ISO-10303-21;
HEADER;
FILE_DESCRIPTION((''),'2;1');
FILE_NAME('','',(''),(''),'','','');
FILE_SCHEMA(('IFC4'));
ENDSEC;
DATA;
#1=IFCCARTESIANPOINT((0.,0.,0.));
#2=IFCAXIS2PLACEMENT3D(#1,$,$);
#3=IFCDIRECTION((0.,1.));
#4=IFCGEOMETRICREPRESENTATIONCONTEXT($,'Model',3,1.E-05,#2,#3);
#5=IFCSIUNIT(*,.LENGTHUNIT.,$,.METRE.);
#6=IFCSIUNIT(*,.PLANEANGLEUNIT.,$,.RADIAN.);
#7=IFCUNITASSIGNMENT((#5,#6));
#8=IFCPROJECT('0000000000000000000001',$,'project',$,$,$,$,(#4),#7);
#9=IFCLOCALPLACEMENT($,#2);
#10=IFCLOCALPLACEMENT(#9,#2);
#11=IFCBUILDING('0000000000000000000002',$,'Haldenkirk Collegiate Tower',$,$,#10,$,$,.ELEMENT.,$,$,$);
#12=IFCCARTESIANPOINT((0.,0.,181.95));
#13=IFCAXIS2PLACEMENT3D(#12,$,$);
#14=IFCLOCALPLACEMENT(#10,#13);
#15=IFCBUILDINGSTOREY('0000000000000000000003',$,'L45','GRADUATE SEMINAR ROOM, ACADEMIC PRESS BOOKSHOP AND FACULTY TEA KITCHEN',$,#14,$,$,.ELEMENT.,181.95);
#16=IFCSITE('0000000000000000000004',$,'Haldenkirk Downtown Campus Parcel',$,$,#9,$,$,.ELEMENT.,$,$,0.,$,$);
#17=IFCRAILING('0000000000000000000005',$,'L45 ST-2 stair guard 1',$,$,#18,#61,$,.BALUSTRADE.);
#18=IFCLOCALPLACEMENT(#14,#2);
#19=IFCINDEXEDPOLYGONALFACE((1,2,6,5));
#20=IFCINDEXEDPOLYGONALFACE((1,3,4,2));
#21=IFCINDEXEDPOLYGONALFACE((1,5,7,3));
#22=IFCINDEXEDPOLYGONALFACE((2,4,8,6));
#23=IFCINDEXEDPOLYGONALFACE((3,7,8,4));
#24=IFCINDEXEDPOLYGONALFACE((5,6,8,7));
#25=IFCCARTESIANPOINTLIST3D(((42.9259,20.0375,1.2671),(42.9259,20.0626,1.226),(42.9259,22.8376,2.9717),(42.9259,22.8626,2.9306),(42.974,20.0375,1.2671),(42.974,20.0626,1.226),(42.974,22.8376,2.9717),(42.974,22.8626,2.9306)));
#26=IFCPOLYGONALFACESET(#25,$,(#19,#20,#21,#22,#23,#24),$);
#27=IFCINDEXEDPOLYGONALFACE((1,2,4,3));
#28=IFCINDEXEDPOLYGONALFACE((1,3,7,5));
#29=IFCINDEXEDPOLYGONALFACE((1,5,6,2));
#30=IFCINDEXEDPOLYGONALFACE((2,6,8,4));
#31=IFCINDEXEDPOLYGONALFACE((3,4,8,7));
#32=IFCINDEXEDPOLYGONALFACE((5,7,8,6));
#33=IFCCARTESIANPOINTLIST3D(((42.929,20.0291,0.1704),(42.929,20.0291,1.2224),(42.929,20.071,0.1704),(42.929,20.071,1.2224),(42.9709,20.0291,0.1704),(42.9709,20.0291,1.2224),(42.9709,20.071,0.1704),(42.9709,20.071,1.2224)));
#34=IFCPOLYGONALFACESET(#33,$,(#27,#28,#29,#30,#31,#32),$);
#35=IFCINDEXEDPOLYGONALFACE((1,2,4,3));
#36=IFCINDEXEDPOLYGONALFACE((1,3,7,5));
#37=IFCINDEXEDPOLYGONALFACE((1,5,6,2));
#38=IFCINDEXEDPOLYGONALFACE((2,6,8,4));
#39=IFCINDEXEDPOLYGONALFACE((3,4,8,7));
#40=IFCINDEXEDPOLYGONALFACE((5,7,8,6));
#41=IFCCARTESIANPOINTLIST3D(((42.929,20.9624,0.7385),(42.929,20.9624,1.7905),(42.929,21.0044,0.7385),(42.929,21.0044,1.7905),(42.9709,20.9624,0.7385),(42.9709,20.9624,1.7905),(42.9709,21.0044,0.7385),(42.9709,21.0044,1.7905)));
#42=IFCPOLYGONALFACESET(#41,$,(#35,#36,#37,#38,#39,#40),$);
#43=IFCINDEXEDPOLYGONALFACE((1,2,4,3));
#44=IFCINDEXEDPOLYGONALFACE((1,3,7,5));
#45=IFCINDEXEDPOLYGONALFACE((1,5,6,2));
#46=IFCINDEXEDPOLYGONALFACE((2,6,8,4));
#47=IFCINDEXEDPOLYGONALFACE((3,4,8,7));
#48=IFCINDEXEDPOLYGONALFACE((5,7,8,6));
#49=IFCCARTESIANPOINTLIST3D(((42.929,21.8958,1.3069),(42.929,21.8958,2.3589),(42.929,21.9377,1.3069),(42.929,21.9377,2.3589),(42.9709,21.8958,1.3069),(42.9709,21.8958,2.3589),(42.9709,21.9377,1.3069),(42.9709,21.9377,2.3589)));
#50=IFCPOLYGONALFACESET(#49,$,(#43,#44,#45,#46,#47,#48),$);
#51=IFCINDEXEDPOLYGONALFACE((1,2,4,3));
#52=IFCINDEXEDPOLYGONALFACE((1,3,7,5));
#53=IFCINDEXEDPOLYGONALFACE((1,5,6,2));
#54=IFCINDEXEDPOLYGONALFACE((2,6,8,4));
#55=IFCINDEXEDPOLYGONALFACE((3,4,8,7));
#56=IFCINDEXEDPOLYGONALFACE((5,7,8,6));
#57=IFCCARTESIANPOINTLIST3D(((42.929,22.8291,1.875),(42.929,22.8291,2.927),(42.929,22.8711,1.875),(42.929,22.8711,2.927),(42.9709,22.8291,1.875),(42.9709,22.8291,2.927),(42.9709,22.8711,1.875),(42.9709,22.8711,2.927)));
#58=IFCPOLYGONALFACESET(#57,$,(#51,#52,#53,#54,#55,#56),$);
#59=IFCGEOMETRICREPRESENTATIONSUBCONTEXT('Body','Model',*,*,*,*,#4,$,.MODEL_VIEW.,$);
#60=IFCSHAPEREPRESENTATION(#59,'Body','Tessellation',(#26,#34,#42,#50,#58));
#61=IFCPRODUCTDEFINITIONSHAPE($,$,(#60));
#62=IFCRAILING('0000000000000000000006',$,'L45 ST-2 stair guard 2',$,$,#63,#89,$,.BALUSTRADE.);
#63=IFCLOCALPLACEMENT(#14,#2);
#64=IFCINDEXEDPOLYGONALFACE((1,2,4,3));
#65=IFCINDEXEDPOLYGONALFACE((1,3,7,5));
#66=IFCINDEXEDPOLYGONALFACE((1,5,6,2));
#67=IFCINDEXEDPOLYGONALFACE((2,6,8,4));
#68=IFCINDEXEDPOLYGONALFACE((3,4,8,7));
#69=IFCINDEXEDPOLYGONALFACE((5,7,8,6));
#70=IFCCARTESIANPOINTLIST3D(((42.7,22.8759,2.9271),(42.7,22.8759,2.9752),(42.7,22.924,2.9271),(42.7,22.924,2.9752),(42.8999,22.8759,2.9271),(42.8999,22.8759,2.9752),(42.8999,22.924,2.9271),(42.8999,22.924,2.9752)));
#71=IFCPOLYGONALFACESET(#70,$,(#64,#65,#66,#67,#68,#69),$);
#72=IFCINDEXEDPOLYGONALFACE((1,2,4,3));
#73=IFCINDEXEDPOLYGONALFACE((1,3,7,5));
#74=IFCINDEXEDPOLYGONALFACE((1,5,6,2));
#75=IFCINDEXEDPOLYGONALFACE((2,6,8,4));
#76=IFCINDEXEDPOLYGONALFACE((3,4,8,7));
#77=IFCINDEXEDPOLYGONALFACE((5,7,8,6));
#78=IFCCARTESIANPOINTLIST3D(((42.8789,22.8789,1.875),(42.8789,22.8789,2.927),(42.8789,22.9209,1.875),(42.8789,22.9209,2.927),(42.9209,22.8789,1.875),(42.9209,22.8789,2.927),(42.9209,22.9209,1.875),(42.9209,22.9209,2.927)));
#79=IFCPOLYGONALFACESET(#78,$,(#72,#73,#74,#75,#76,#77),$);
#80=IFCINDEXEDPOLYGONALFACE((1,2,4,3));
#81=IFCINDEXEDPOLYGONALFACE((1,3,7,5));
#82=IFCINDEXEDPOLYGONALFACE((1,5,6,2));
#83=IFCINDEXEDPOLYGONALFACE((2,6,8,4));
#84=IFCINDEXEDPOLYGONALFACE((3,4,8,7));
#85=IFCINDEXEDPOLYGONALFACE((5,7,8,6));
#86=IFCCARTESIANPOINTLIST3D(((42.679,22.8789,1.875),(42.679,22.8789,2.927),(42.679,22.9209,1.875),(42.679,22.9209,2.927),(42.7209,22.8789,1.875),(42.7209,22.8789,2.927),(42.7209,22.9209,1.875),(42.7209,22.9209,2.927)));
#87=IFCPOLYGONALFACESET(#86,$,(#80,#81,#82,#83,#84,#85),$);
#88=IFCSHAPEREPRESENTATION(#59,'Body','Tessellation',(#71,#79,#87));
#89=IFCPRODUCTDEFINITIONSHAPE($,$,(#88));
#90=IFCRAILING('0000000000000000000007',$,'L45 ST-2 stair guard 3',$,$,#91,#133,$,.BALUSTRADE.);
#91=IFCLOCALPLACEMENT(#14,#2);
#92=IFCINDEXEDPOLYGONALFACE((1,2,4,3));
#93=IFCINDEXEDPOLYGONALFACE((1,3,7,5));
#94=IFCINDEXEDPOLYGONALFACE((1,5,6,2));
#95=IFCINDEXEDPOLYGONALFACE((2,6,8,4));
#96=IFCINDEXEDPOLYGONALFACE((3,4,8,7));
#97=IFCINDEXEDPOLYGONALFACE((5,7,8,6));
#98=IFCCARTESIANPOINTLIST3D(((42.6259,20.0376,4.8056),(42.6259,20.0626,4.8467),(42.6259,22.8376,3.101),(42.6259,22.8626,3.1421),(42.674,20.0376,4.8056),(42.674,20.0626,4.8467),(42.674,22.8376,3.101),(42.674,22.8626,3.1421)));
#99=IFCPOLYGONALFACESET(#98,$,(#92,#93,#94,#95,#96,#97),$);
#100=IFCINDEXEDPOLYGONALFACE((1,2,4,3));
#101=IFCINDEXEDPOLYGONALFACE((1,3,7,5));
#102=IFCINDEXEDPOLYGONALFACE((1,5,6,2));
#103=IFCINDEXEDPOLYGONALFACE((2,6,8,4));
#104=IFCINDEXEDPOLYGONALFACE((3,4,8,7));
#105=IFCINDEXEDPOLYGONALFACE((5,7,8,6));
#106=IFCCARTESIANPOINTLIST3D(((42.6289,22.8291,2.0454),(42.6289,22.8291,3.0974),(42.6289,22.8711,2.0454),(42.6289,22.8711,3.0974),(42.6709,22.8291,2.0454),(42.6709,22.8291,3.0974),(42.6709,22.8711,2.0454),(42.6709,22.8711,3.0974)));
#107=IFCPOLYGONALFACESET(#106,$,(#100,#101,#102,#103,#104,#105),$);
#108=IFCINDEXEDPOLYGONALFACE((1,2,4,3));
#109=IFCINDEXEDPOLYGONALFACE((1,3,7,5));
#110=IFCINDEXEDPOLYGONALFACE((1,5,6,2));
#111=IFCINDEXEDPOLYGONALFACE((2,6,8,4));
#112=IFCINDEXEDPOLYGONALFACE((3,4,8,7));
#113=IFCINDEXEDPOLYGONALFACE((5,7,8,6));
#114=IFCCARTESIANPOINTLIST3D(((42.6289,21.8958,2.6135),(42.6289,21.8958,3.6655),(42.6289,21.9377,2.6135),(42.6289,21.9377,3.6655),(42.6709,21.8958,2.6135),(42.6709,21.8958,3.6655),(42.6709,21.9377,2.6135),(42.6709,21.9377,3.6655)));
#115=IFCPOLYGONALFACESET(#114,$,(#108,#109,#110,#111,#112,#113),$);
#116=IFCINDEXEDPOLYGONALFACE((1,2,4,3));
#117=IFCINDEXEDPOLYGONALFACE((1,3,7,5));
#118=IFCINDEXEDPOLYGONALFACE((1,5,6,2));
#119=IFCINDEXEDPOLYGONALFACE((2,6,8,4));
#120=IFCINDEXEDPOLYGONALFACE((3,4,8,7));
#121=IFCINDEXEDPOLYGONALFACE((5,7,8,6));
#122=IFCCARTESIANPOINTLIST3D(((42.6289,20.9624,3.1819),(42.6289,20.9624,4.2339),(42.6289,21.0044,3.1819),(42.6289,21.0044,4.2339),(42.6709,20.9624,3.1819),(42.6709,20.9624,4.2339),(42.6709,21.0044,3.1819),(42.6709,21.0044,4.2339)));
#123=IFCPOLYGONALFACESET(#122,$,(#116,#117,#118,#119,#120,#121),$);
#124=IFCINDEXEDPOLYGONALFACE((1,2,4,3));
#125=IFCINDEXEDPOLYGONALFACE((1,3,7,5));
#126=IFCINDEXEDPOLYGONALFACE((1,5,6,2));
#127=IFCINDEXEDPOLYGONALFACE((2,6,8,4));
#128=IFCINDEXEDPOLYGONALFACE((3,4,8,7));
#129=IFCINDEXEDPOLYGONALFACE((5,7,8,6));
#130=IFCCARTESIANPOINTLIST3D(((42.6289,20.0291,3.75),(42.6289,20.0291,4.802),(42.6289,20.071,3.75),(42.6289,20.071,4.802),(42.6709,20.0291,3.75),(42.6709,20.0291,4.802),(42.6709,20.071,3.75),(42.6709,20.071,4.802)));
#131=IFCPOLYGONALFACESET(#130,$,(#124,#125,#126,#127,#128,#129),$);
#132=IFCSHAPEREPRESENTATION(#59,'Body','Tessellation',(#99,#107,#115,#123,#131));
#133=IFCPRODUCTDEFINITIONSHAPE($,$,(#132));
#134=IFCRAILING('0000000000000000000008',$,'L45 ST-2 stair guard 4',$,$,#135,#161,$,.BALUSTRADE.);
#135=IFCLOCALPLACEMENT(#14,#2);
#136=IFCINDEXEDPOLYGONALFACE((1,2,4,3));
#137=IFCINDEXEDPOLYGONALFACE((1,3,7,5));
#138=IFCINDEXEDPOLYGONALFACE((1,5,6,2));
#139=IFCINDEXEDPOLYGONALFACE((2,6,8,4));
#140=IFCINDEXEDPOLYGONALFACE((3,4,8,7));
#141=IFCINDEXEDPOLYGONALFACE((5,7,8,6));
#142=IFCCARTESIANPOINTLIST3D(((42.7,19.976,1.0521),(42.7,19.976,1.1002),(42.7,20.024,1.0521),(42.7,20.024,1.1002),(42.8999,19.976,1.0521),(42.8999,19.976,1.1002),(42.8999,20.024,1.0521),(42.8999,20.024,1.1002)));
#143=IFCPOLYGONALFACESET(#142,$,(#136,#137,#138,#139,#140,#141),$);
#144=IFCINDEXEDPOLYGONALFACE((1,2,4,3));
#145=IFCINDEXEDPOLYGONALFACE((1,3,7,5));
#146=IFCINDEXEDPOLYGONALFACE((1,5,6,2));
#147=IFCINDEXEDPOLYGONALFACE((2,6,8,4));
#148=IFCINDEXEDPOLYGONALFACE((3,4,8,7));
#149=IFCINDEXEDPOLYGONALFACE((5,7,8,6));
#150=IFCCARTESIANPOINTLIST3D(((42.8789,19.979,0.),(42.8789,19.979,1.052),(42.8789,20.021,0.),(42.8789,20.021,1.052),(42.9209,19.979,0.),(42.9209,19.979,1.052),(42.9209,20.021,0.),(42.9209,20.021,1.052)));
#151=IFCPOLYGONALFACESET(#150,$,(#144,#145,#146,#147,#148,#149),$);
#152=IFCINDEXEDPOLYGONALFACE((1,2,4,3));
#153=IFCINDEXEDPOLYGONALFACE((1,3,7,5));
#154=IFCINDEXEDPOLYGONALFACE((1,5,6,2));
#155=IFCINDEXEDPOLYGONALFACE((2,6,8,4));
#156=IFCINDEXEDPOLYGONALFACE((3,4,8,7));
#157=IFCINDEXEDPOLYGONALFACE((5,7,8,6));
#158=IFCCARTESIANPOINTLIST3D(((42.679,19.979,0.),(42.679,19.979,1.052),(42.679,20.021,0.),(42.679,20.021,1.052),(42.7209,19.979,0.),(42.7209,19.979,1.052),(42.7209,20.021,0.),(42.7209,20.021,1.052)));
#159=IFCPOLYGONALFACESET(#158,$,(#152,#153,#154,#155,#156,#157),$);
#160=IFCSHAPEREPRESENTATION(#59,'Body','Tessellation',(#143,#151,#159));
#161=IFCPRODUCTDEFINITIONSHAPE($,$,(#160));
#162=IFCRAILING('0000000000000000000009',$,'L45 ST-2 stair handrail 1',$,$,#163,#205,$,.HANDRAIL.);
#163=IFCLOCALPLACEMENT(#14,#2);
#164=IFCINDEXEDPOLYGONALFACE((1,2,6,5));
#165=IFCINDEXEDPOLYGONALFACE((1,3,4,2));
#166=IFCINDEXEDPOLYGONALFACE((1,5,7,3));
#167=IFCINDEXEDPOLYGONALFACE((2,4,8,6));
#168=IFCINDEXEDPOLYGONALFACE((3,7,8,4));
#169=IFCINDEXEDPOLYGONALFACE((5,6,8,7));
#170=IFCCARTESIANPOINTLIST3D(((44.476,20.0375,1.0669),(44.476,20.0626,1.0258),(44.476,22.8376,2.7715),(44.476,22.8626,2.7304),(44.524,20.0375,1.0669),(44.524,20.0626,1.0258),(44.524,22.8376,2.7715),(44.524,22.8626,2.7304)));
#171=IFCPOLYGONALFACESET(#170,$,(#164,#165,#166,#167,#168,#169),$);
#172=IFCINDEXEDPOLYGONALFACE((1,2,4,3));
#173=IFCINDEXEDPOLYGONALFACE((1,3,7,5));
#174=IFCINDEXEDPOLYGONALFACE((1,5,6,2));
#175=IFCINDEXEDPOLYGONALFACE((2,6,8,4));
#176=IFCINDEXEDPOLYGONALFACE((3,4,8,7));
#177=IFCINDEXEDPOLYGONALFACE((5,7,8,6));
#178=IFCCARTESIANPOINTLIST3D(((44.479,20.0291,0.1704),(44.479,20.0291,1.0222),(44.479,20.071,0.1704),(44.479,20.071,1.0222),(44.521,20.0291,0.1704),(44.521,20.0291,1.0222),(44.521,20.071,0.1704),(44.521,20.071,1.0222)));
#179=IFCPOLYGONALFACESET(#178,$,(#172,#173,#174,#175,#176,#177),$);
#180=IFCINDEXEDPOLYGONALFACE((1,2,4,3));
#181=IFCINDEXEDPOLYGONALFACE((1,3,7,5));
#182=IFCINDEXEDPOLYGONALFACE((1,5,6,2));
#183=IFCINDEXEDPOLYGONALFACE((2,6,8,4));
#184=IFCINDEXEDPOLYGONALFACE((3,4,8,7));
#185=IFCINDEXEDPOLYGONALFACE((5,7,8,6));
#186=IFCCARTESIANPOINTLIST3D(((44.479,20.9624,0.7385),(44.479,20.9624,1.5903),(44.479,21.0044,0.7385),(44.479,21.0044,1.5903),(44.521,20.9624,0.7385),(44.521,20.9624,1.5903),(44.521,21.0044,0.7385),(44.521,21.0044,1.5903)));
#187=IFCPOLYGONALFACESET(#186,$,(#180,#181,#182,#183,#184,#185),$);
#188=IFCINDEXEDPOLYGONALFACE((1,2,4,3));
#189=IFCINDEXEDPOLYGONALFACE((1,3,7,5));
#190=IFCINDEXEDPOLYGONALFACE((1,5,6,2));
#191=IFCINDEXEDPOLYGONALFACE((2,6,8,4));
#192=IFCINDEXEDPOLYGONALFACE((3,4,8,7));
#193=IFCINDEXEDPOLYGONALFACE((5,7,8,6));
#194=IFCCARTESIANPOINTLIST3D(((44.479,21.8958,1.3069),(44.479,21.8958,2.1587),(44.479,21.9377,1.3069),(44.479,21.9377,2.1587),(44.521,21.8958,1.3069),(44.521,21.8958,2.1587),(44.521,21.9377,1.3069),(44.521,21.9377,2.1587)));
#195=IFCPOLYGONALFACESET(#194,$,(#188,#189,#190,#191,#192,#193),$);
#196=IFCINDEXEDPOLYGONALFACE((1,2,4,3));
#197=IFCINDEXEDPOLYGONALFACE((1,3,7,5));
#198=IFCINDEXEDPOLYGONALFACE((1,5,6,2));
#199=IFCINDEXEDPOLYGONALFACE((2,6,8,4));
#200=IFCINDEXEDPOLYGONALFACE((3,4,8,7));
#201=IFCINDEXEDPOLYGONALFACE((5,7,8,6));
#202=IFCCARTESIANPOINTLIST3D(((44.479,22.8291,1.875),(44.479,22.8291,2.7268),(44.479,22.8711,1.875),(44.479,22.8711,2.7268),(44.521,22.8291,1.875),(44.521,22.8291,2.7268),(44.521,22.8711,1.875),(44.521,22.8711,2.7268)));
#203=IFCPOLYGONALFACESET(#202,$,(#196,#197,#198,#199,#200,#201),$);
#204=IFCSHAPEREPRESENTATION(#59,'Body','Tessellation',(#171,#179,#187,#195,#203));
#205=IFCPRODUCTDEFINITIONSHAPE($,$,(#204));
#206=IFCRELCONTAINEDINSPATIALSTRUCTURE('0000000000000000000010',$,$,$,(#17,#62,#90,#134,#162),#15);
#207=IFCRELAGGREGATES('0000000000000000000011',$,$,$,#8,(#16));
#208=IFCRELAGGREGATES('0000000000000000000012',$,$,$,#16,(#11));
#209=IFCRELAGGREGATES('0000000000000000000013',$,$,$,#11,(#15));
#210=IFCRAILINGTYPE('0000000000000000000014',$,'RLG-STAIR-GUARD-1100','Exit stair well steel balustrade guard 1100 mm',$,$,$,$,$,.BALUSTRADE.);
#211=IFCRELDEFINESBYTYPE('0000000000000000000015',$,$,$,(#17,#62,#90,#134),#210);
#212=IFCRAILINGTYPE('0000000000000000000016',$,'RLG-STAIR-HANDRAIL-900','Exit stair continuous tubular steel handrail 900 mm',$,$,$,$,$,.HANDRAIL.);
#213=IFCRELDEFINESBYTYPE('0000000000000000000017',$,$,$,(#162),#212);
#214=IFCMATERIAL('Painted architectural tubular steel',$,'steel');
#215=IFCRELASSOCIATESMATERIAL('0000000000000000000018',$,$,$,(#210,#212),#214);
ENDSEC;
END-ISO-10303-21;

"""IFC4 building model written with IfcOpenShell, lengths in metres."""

from ifc_helpers import new_model, si_unit, direction, frame, origin, origin_2d, place, context, subcontext, project, spatial, rectangle, extrude, material, type_object, element, save


model = new_model("IFC4")

# Units and contexts
model_context = context("Model", 3, precision=1e-05, world=origin(), true_north=direction((0.0, 1.0)))
body_context = subcontext(model_context, "Body", "Model", "MODEL_VIEW")
ifc_project = project(units=[si_unit("LENGTHUNIT", "METRE"), si_unit("PLANEANGLEUNIT", "RADIAN")], contexts=[model_context])

# Site, building, storey
site_placement = place(None, origin())
site = spatial("IfcSite", under=ifc_project, at=site_placement, Name="Haldenkirk Downtown Campus Parcel", CompositionType="ELEMENT", RefElevation=0.0)
building_placement = place(site_placement, origin())
building = spatial("IfcBuilding", under=site, at=building_placement, Name="Haldenkirk Collegiate Tower", CompositionType="ELEMENT")
storey_placement = place(building_placement, frame((0.0, 0.0, 181.95)))
storey = spatial("IfcBuildingStorey", under=building, at=storey_placement, Name="L45", Description="GRADUATE SEMINAR ROOM, ACADEMIC PRESS BOOKSHOP AND FACULTY TEA KITCHEN", CompositionType="ELEMENT", Elevation=181.95)

# Railings
ifc_material_1 = material(Name="Painted architectural tubular steel", Category="steel")
railing_type_1 = type_object("IfcRailingType", Name="RLG-STAIR-GUARD-1100", Description="Exit stair well steel balustrade guard 1100 mm", PredefinedType="BALUSTRADE", material=ifc_material_1)
railing_1_placement = place(storey_placement, frame((42.95, 20.05, 0.1704)))
element("IfcRailing", 1, at=railing_1_placement, inside=storey, type_object=railing_type_1, Name="L45 ST-2 stair guard 1", PredefinedType="BALUSTRADE", context=body_context, shape_type="SweptSolid", body=[
    extrude(rectangle(XDim=0.0481, YDim=0.0481, at=origin_2d()), frame((0.0, 0.0, 1.0762), z_axis=(0.0, 0.85417, 0.519994), x_axis=(-1.0, 0.0, 0.0)), (0.0, 0.0, 1.0), 3.2781),
    extrude(rectangle(XDim=0.042, YDim=0.042, at=origin_2d()), origin(), (0.0, 0.0, 1.0), 1.052),
    extrude(rectangle(XDim=0.042, YDim=0.042, at=origin_2d()), frame((0.0, 0.9333, 0.5681)), (0.0, 0.0, 1.0), 1.052),
    extrude(rectangle(XDim=0.042, YDim=0.042, at=origin_2d()), frame((0.0, 1.8667, 1.1365)), (0.0, 0.0, 1.0), 1.052),
    extrude(rectangle(XDim=0.042, YDim=0.042, at=origin_2d()), frame((0.0, 2.8, 1.7046)), (0.0, 0.0, 1.0), 1.052),
])
railing_2_placement = place(storey_placement, frame((42.8999, 22.8999, 1.875)))
element("IfcRailing", 2, at=railing_2_placement, inside=storey, type_object=railing_type_1, Name="L45 ST-2 stair guard 2", PredefinedType="BALUSTRADE", context=body_context, shape_type="SweptSolid", body=[
    extrude(rectangle(XDim=0.0481, YDim=0.0481, at=origin_2d()), frame((0.0, 0.0, 1.0762), z_axis=(-1.0, 0.0, 0.0), x_axis=(0.0, -1.0, 0.0)), (0.0, 0.0, 1.0), 0.2),
    extrude(rectangle(XDim=0.042, YDim=0.042, at=origin_2d()), origin(), (0.0, 0.0, 1.0), 1.052),
    extrude(rectangle(XDim=0.042, YDim=0.042, at=origin_2d()), frame((-0.2, 0.0, 0.0)), (0.0, 0.0, 1.0), 1.052),
])
railing_3_placement = place(storey_placement, frame((42.6499, 22.8501, 2.0454)))
element("IfcRailing", 3, at=railing_3_placement, inside=storey, type_object=railing_type_1, Name="L45 ST-2 stair guard 3", PredefinedType="BALUSTRADE", context=body_context, shape_type="SweptSolid", body=[
    extrude(rectangle(XDim=0.0481, YDim=0.0481, at=origin_2d()), frame((0.0, 0.0, 1.0762), z_axis=(0.0, -0.85417, 0.519994), x_axis=(1.0, 0.0, 0.0)), (0.0, 0.0, 1.0), 3.2781),
    extrude(rectangle(XDim=0.042, YDim=0.042, at=origin_2d()), origin(), (0.0, 0.0, 1.0), 1.052),
    extrude(rectangle(XDim=0.042, YDim=0.042, at=origin_2d()), frame((0.0, -0.9333, 0.5681)), (0.0, 0.0, 1.0), 1.052),
    extrude(rectangle(XDim=0.042, YDim=0.042, at=origin_2d()), frame((0.0, -1.8667, 1.1365)), (0.0, 0.0, 1.0), 1.052),
    extrude(rectangle(XDim=0.042, YDim=0.042, at=origin_2d()), frame((0.0, -2.8, 1.7046)), (0.0, 0.0, 1.0), 1.052),
])
railing_4_placement = place(storey_placement, frame((42.8999, 20.0, 0.0)))
element("IfcRailing", 4, at=railing_4_placement, inside=storey, type_object=railing_type_1, Name="L45 ST-2 stair guard 4", PredefinedType="BALUSTRADE", context=body_context, shape_type="SweptSolid", body=[
    extrude(rectangle(XDim=0.0481, YDim=0.0481, at=origin_2d()), frame((0.0, 0.0, 1.0762), z_axis=(-1.0, 0.0, 0.0), x_axis=(0.0, -1.0, 0.0)), (0.0, 0.0, 1.0), 0.2),
    extrude(rectangle(XDim=0.042, YDim=0.042, at=origin_2d()), origin(), (0.0, 0.0, 1.0), 1.052),
    extrude(rectangle(XDim=0.042, YDim=0.042, at=origin_2d()), frame((-0.2, 0.0, 0.0)), (0.0, 0.0, 1.0), 1.052),
])
railing_type_2 = type_object("IfcRailingType", Name="RLG-STAIR-HANDRAIL-900", Description="Exit stair continuous tubular steel handrail 900 mm", PredefinedType="HANDRAIL", material=ifc_material_1)
railing_5_placement = place(storey_placement, frame((44.5, 20.05, 0.1704)))
element("IfcRailing", 5, at=railing_5_placement, inside=storey, type_object=railing_type_2, Name="L45 ST-2 stair handrail 1", PredefinedType="HANDRAIL", context=body_context, shape_type="SweptSolid", body=[
    extrude(rectangle(XDim=0.0481, YDim=0.0481, at=origin_2d()), frame((0.0, 0.0, 0.876), z_axis=(0.0, 0.85417, 0.519994), x_axis=(-1.0, 0.0, 0.0)), (0.0, 0.0, 1.0), 3.2781),
    extrude(rectangle(XDim=0.042, YDim=0.042, at=origin_2d()), origin(), (0.0, 0.0, 1.0), 0.8518),
    extrude(rectangle(XDim=0.042, YDim=0.042, at=origin_2d()), frame((0.0, 0.9333, 0.5681)), (0.0, 0.0, 1.0), 0.8518),
    extrude(rectangle(XDim=0.042, YDim=0.042, at=origin_2d()), frame((0.0, 1.8667, 1.1365)), (0.0, 0.0, 1.0), 0.8518),
    extrude(rectangle(XDim=0.042, YDim=0.042, at=origin_2d()), frame((0.0, 2.8, 1.7046)), (0.0, 0.0, 1.0), 0.8518),
])

save(model, "model.ifc")
